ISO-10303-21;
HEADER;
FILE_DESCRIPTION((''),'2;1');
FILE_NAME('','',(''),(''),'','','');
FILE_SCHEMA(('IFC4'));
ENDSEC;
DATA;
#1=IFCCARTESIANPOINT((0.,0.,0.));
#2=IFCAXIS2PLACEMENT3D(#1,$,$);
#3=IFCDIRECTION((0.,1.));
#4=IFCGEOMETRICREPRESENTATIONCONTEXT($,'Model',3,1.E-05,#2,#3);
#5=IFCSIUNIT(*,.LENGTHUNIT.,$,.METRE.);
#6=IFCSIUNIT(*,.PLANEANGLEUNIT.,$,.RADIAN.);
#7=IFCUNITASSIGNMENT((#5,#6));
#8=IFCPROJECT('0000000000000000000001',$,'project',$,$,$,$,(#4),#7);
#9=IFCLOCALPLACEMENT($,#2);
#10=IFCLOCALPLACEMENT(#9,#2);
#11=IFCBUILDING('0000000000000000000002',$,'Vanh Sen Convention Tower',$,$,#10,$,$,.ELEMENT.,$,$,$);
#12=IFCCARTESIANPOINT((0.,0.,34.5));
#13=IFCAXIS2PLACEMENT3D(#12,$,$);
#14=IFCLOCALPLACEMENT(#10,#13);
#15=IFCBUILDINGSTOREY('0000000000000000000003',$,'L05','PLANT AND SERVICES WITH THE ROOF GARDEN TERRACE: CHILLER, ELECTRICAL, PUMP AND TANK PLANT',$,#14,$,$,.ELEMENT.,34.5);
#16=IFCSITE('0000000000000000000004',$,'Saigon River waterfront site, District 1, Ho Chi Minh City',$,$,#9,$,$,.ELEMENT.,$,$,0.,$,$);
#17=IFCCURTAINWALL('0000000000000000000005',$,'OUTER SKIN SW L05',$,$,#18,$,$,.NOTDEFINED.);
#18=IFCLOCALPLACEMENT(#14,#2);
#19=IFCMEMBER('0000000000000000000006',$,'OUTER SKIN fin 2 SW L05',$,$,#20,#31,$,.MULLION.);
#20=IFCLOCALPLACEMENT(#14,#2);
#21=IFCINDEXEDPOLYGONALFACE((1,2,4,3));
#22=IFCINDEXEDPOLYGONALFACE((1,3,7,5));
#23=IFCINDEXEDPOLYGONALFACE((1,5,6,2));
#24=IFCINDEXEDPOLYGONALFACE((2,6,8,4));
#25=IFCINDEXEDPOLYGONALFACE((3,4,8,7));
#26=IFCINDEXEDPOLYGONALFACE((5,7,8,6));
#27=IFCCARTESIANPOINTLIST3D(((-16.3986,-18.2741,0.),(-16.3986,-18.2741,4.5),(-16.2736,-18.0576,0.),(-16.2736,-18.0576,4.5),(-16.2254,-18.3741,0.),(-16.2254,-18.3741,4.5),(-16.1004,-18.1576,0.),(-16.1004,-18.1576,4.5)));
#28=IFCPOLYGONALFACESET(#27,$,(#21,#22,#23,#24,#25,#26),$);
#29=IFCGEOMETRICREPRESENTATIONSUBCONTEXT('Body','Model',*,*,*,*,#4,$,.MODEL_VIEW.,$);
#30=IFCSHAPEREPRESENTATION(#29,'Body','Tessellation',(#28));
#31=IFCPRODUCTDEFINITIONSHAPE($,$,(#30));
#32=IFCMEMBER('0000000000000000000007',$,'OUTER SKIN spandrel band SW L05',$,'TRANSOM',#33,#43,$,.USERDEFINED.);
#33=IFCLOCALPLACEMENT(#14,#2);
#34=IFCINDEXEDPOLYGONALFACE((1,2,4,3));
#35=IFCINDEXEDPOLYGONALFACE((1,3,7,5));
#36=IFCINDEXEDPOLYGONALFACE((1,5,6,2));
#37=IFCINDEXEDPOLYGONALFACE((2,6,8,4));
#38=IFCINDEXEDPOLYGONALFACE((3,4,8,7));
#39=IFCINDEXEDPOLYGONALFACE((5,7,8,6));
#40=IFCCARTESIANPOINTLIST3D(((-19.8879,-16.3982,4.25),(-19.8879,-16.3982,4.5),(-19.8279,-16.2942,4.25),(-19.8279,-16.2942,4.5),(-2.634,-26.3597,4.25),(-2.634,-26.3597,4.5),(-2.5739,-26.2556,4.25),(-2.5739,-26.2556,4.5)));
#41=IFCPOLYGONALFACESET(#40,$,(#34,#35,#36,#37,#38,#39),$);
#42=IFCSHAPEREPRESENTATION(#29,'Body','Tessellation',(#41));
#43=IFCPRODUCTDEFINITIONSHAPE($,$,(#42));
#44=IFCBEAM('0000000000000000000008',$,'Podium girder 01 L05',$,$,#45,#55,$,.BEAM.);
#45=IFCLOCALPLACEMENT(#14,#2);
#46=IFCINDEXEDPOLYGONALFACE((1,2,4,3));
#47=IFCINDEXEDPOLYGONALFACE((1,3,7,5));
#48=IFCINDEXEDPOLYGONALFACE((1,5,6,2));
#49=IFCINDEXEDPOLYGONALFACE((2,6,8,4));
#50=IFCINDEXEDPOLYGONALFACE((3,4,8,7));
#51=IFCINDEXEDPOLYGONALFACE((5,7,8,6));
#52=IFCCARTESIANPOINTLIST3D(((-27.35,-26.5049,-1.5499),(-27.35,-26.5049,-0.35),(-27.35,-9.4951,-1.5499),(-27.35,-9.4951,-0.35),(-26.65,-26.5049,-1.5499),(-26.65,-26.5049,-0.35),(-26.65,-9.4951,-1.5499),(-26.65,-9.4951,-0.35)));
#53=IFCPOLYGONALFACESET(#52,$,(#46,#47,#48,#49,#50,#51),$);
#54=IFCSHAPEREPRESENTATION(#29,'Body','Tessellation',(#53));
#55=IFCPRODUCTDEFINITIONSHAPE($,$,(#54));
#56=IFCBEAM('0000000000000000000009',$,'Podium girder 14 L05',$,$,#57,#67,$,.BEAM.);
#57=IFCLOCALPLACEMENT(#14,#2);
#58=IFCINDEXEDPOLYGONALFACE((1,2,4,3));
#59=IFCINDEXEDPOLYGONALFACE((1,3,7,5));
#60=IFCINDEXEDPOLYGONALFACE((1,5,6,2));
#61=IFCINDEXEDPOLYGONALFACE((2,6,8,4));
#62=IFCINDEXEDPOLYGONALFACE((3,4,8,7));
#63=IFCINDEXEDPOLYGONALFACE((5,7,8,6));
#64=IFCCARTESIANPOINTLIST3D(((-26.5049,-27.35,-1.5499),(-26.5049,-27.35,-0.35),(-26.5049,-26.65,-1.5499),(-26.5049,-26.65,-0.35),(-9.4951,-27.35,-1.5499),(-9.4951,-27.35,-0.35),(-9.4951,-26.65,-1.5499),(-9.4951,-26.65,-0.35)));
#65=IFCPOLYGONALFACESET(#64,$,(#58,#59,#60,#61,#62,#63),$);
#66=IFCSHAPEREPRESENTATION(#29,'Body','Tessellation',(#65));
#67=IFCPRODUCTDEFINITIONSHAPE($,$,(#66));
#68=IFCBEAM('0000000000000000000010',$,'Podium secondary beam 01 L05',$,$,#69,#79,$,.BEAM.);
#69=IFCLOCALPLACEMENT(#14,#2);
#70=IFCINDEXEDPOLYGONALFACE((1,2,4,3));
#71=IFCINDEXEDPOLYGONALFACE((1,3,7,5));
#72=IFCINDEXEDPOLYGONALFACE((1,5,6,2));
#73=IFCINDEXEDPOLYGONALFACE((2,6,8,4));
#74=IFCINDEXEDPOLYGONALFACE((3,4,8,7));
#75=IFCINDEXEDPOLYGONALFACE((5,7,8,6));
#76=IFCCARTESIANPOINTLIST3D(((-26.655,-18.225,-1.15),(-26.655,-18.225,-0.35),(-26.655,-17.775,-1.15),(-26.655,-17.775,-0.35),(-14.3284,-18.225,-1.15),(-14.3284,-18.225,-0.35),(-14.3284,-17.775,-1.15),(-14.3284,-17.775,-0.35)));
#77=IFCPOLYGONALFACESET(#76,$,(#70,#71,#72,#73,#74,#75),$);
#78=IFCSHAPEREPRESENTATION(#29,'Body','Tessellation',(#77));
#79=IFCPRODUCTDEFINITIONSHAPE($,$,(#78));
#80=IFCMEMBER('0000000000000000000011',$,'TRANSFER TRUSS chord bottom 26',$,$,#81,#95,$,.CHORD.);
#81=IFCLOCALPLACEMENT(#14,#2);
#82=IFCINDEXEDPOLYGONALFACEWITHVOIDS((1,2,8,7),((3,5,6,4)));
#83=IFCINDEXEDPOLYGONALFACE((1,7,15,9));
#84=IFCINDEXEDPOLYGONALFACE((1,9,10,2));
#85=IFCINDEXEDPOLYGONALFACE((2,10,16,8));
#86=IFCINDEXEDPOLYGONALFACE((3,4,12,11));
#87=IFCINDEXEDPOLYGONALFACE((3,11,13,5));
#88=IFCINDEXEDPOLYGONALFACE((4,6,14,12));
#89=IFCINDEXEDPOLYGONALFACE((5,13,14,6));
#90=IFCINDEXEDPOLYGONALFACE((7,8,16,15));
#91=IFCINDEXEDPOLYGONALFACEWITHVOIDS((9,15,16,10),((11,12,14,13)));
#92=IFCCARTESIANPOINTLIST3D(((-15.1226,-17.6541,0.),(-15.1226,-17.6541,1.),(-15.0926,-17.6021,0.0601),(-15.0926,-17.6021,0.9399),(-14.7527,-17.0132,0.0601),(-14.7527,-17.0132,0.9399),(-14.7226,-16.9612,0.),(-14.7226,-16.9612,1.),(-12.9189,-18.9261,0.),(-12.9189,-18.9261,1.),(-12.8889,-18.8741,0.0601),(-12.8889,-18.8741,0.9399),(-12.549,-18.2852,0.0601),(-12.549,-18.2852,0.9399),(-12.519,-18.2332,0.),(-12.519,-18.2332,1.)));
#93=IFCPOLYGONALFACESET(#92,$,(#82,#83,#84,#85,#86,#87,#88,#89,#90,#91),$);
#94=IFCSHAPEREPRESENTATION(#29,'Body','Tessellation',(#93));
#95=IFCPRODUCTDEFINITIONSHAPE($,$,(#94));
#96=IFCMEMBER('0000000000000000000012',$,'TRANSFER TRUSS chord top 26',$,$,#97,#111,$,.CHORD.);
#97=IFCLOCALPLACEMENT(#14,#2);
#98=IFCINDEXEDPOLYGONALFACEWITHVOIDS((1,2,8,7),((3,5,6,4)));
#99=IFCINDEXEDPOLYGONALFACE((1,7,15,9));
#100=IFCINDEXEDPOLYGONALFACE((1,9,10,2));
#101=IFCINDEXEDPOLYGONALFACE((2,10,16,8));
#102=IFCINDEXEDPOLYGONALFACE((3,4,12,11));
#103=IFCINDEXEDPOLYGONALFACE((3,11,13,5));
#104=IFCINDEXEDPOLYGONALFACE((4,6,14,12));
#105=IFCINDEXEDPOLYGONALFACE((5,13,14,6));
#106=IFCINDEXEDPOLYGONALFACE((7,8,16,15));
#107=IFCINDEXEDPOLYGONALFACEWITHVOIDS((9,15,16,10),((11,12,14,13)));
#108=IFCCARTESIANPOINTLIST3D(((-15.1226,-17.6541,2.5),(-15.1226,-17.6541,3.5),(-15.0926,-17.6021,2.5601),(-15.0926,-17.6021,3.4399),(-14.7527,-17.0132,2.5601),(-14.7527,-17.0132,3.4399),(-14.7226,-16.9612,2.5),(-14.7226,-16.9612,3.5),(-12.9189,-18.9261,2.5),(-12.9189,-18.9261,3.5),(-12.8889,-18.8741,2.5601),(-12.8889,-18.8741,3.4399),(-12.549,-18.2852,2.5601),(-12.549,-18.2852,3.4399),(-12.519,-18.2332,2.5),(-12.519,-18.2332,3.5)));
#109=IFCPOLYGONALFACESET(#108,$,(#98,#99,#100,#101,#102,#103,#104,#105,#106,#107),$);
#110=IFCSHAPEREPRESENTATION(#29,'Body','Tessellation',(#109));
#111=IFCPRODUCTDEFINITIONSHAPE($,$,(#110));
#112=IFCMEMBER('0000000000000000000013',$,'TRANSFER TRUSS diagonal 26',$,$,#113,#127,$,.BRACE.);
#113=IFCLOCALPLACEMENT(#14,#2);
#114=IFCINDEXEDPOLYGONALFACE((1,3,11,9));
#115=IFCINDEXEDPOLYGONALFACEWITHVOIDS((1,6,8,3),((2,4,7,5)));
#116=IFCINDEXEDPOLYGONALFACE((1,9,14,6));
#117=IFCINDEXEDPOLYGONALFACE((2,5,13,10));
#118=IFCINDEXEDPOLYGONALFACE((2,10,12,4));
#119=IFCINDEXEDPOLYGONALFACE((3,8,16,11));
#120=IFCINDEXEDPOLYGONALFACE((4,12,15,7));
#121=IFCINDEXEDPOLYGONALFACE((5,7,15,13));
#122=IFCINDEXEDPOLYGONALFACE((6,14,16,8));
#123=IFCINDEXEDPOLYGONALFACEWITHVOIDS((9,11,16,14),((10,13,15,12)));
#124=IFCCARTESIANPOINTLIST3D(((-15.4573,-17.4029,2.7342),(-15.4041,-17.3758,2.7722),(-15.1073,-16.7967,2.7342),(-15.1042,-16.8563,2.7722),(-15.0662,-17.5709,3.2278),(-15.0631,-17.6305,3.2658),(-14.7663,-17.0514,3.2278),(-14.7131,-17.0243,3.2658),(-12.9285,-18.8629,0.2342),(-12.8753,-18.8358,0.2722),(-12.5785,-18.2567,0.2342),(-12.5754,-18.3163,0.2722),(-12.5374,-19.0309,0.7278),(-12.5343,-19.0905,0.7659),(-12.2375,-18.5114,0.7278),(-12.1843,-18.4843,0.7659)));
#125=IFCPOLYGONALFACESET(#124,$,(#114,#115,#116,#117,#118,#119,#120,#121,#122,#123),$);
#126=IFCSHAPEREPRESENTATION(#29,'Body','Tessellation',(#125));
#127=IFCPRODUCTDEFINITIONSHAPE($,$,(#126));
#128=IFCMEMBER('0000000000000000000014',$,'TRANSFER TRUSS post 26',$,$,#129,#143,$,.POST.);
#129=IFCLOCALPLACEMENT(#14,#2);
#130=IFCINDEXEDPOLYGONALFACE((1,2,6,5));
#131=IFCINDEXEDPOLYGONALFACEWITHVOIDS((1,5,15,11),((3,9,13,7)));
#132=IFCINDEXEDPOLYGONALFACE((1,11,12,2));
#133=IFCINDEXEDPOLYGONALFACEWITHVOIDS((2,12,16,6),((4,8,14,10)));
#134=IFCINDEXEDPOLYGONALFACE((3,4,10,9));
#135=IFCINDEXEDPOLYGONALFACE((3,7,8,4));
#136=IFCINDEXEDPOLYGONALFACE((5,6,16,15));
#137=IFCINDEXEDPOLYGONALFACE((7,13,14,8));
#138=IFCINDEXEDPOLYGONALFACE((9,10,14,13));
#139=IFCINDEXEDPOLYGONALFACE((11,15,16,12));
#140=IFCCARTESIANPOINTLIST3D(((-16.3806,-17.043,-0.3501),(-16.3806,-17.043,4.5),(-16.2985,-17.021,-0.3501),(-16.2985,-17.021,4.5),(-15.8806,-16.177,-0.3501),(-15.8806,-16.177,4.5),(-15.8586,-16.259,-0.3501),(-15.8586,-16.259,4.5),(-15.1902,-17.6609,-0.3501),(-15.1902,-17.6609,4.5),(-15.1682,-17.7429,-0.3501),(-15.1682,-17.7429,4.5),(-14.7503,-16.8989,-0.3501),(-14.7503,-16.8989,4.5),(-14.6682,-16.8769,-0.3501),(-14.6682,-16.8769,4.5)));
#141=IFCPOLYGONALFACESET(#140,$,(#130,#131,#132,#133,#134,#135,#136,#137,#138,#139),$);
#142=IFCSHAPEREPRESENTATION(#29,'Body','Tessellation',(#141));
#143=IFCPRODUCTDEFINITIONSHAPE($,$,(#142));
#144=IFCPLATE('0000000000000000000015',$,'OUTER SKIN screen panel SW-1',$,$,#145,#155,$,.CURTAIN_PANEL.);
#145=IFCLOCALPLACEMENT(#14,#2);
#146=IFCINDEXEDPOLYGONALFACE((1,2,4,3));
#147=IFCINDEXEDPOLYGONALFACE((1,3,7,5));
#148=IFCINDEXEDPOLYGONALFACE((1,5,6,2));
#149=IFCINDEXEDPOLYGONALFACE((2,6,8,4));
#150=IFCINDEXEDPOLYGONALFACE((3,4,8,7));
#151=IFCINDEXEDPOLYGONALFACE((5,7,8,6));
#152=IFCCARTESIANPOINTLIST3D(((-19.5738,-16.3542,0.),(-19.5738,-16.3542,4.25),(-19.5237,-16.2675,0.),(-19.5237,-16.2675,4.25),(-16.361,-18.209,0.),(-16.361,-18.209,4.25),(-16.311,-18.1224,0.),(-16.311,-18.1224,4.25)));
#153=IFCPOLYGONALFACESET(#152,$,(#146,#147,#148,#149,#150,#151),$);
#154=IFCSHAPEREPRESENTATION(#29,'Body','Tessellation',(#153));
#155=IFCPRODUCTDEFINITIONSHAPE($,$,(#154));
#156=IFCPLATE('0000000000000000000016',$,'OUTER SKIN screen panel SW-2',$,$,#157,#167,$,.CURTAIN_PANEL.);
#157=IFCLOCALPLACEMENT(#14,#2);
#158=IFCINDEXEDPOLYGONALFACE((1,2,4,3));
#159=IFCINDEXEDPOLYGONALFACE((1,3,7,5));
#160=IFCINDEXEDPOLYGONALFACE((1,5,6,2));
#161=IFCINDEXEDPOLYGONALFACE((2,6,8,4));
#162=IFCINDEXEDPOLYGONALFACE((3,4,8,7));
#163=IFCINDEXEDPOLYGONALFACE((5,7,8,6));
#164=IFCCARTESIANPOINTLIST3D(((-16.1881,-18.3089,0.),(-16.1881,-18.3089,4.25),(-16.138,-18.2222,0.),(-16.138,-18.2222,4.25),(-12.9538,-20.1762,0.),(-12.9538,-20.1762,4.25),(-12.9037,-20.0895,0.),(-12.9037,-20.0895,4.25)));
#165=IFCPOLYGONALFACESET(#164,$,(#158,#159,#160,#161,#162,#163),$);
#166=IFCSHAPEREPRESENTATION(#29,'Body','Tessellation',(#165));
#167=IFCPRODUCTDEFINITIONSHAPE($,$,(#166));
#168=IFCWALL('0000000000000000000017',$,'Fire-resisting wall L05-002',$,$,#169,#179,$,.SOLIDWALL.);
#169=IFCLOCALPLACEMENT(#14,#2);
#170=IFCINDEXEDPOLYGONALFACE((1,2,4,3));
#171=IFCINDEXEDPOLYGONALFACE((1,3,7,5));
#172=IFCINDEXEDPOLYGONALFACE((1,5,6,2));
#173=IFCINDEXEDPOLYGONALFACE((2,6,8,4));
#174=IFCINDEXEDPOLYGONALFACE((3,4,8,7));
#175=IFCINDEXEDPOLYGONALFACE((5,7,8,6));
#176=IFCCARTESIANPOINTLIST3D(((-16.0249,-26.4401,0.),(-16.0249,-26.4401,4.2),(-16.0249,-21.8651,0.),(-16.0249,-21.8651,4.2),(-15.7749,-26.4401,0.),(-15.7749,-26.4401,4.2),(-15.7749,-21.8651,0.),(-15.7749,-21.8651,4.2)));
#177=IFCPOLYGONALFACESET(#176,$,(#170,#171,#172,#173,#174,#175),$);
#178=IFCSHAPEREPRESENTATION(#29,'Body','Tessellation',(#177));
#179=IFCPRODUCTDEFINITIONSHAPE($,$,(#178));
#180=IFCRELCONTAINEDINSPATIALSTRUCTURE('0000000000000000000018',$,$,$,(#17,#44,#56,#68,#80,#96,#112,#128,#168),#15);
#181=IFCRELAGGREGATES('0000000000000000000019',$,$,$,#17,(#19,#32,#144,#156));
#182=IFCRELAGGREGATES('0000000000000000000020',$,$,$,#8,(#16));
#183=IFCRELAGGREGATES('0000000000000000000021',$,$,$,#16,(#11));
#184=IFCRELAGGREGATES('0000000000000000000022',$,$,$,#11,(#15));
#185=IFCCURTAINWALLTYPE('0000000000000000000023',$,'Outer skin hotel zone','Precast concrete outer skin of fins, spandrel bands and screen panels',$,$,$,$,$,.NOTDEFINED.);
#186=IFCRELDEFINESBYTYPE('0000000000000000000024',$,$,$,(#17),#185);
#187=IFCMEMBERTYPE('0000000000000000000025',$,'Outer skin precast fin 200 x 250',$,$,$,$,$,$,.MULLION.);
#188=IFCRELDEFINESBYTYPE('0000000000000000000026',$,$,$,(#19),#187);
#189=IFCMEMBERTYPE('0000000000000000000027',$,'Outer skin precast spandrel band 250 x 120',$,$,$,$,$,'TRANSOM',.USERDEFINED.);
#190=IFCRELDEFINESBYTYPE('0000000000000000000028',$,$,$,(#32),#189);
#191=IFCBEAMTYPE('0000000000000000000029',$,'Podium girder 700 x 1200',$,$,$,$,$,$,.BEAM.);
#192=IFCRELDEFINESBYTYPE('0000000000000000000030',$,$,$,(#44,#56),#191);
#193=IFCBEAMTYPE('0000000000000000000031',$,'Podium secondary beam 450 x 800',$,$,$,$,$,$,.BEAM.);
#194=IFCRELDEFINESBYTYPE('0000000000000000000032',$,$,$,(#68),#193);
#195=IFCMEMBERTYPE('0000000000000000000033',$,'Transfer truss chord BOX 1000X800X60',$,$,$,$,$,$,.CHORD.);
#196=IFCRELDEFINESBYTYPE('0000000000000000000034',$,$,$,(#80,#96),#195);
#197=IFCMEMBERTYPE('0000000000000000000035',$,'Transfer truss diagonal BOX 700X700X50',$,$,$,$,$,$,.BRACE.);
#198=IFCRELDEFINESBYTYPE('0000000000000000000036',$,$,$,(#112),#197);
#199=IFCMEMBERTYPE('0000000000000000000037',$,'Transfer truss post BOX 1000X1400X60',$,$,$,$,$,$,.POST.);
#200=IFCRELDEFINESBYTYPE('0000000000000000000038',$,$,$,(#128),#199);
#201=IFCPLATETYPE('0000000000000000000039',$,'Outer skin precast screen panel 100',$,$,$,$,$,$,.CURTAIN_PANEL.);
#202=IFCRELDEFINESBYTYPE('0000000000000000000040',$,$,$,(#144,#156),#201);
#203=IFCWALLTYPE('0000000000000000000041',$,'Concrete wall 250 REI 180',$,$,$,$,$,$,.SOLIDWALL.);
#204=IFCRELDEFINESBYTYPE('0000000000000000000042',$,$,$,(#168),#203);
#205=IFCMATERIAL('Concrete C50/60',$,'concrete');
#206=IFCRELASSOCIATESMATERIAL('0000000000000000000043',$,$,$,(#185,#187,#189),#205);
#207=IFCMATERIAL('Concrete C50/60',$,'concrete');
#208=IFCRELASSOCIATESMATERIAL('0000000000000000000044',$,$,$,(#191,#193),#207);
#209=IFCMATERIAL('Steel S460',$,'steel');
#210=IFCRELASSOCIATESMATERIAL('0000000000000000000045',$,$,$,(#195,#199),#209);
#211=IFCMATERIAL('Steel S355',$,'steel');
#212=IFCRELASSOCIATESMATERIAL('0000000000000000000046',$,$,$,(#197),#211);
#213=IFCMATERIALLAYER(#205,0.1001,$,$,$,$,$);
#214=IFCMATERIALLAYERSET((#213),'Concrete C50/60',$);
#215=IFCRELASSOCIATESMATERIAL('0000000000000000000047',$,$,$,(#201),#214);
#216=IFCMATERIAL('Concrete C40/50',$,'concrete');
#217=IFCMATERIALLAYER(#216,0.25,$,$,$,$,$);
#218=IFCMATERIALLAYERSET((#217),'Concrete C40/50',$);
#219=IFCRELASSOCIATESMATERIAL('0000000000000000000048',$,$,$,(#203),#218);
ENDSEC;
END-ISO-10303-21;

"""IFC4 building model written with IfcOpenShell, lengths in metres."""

from ifc_helpers import new_model, si_unit, direction, frame, frame_2d, origin, origin_2d, place, context, subcontext, project, spatial, rectangle, hollow_rectangle, extrude, material, layer, layer_set, material_profile, profile_set, type_object, element, aggregate, save


model = new_model("IFC4")

# Units and contexts
model_context = context("Model", 3, precision=1e-05, world=origin(), true_north=direction((0.0, 1.0)))
body_context = subcontext(model_context, "Body", "Model", "MODEL_VIEW")
ifc_project = project(units=[si_unit("LENGTHUNIT", "METRE"), si_unit("PLANEANGLEUNIT", "RADIAN")], contexts=[model_context])

# Site, building, storey
site_placement = place(None, origin())
site = spatial("IfcSite", under=ifc_project, at=site_placement, Name="Saigon River waterfront site, District 1, Ho Chi Minh City", CompositionType="ELEMENT", RefElevation=0.0)
building_placement = place(site_placement, origin())
building = spatial("IfcBuilding", under=site, at=building_placement, Name="Vanh Sen Convention Tower", CompositionType="ELEMENT")
storey_placement = place(building_placement, frame((0.0, 0.0, 34.5)))
storey = spatial("IfcBuildingStorey", under=building, at=storey_placement, Name="L05", Description="PLANT AND SERVICES WITH THE ROOF GARDEN TERRACE: CHILLER, ELECTRICAL, PUMP AND TANK PLANT", CompositionType="ELEMENT", Elevation=34.5)

# Curtain wall, members
ifc_material_1 = material(Name="Concrete C50/60", Category="concrete")
curtain_wall_type = type_object("IfcCurtainWallType", Name="Outer skin hotel zone", Description="Precast concrete outer skin of fins, spandrel bands and screen panels", PredefinedType="NOTDEFINED", material=ifc_material_1)
curtain_wall_placement = place(storey_placement, origin())
curtain_wall = element("IfcCurtainWall", 1, at=curtain_wall_placement, inside=storey, type_object=curtain_wall_type, Name="OUTER SKIN SW L05", PredefinedType="NOTDEFINED")
ifc_material_profile_1 = material_profile(ifc_material_1, rectangle(XDim=0.2, YDim=0.25, at=origin_2d()), Name="Outer skin precast fin 200 x 250")
ifc_profile_set_1 = profile_set([ifc_material_profile_1], Name="Concrete C50/60")
member_type_1 = type_object("IfcMemberType", Name="Outer skin precast fin 200 x 250", PredefinedType="MULLION", material=ifc_profile_set_1)
member_1_placement = place(storey_placement, frame((-16.2495, -18.2158, 0.0), z_axis=(0.0, 0.0, 1.0), x_axis=(0.866025, -0.5, 0.0)))
member_1 = element("IfcMember", 2, at=member_1_placement, type_object=member_type_1, Name="OUTER SKIN fin 2 SW L05", PredefinedType="MULLION", context=body_context, shape_type="SweptSolid", body=[
    extrude(rectangle(XDim=0.2, YDim=0.25, at=origin_2d()), origin(), (0.0, 0.0, 1.0), 4.5),
])
ifc_material_profile_2 = material_profile(ifc_material_1, rectangle(XDim=0.1201, YDim=0.25, at=origin_2d()), Name="Outer skin precast spandrel band 250 x 120")
ifc_profile_set_2 = profile_set([ifc_material_profile_2], Name="Concrete C50/60")
member_type_2 = type_object("IfcMemberType", Name="Outer skin precast spandrel band 250 x 120", ElementType="TRANSOM", PredefinedType="USERDEFINED", material=ifc_profile_set_2)
member_2_placement = place(storey_placement, frame((-19.8579, -16.3462, 4.375), z_axis=(0.866028, -0.499995, 0.0), x_axis=(0.499995, 0.866028, 0.0)))
member_2 = element("IfcMember", 3, at=member_2_placement, type_object=member_type_2, Name="OUTER SKIN spandrel band SW L05", ObjectType="TRANSOM", PredefinedType="USERDEFINED", context=body_context, shape_type="SweptSolid", body=[
    extrude(rectangle(XDim=0.1201, YDim=0.25, at=origin_2d()), origin(), (0.0, 0.0, 1.0), 19.9231),
])

# Beams
ifc_material_2 = material(Name="Concrete C50/60", Category="concrete")
ifc_material_profile_3 = material_profile(ifc_material_2, rectangle(XDim=0.7, YDim=1.2, at=origin_2d()), Name="RC 700X1200")
ifc_profile_set_3 = profile_set([ifc_material_profile_3], Name="Concrete C50/60")
beam_type_1 = type_object("IfcBeamType", Name="Podium girder 700 x 1200", PredefinedType="BEAM", material=ifc_profile_set_3)
for number, where, z_axis, x_axis, name in (
    (4, (-27.0, -26.5049, -0.95), (0.0, 1.0, 0.0), (-1.0, 0.0, 0.0), "Podium girder 01 L05"),
    (5, (-26.5049, -27.0, -0.95), (1.0, 0.0, 0.0), (0.0, 1.0, 0.0), "Podium girder 14 L05"),
):
    element("IfcBeam", number, at=place(storey_placement, frame(where, z_axis=z_axis, x_axis=x_axis)), inside=storey, type_object=beam_type_1, Name=name, PredefinedType="BEAM", context=body_context, shape_type="SweptSolid", body=[
        extrude(rectangle(XDim=0.7, YDim=1.2, at=origin_2d()), origin(), (0.0, 0.0, 1.0), 17.0098),
    ])
ifc_material_profile_4 = material_profile(ifc_material_2, rectangle(XDim=0.45, YDim=0.8, at=origin_2d()), Name="RC 450X800")
ifc_profile_set_4 = profile_set([ifc_material_profile_4], Name="Concrete C50/60")
beam_type_2 = type_object("IfcBeamType", Name="Podium secondary beam 450 x 800", PredefinedType="BEAM", material=ifc_profile_set_4)
beam_placement = place(storey_placement, frame((-26.655, -18.0, -0.75), z_axis=(1.0, 0.0, 0.0), x_axis=(0.0, 1.0, 0.0)))
element("IfcBeam", 6, at=beam_placement, inside=storey, type_object=beam_type_2, Name="Podium secondary beam 01 L05", PredefinedType="BEAM", context=body_context, shape_type="SweptSolid", body=[
    extrude(rectangle(XDim=0.45, YDim=0.8, at=origin_2d()), origin(), (0.0, 0.0, 1.0), 12.3267),
])

# Members
ifc_material_3 = material(Name="Steel S460", Category="steel")
ifc_material_profile_5 = material_profile(ifc_material_3, hollow_rectangle(XDim=0.8, YDim=1.0, WallThickness=0.0601, at=origin_2d()), Name="BOX 1000X800X60")
ifc_profile_set_5 = profile_set([ifc_material_profile_5], Name="Steel S460")
member_type_3 = type_object("IfcMemberType", Name="Transfer truss chord BOX 1000X800X60", PredefinedType="CHORD", material=ifc_profile_set_5)
for number, where, z_axis, x_axis, name in (
    (7, (-14.9226, -17.3076, 0.5), (0.866074, -0.499916, 0.0), (0.499916, 0.866074, 0.0), "TRANSFER TRUSS chord bottom 26"),
    (8, (-14.9226, -17.3076, 3.0), (0.866074, -0.499916, 0.0), (0.499916, 0.866074, 0.0), "TRANSFER TRUSS chord top 26"),
):
    element("IfcMember", number, at=place(storey_placement, frame(where, z_axis=z_axis, x_axis=x_axis)), inside=storey, type_object=member_type_3, Name=name, PredefinedType="CHORD", context=body_context, shape_type="SweptSolid", body=[
        extrude(hollow_rectangle(XDim=0.8, YDim=1.0, WallThickness=0.0601, at=origin_2d()), origin(), (0.0, 0.0, 1.0), 2.5444),
    ])
ifc_material_4 = material(Name="Steel S355", Category="steel")
ifc_material_profile_6 = material_profile(ifc_material_4, hollow_rectangle(XDim=0.7, YDim=0.7, WallThickness=0.05, at=origin_2d()), Name="BOX 700X700X50")
ifc_profile_set_6 = profile_set([ifc_material_profile_6], Name="Steel S355")
member_type_4 = type_object("IfcMemberType", Name="Transfer truss diagonal BOX 700X700X50", PredefinedType="BRACE", material=ifc_profile_set_6)
member_3_placement = place(storey_placement, frame((-15.0852, -17.2136, 3.0), z_axis=(0.657858, -0.379802, -0.650364), x_axis=(0.499988, 0.866032, 0.0)))
element("IfcMember", 9, at=member_3_placement, inside=storey, type_object=member_type_4, Name="TRANSFER TRUSS diagonal 26", PredefinedType="BRACE", context=body_context, shape_type="SweptSolid", body=[
    extrude(hollow_rectangle(XDim=0.7, YDim=0.7, WallThickness=0.05, at=origin_2d()), origin(), (0.0, 0.0, 1.0), 3.844),
])
ifc_material_profile_7 = material_profile(ifc_material_3, hollow_rectangle(XDim=1.3999, YDim=1.0, WallThickness=0.0601, at=origin_2d()), Name="BOX 1000X1400X60")
ifc_profile_set_7 = profile_set([ifc_material_profile_7], Name="Steel S460")
member_type_5 = type_object("IfcMemberType", Name="Transfer truss post BOX 1000X1400X60", PredefinedType="POST", material=ifc_profile_set_7)
member_4_placement = place(storey_placement, frame((-15.5244, -16.96, -0.3501), z_axis=(0.0, 0.0, 1.0), x_axis=(0.866025, -0.5, 0.0)))
element("IfcMember", 10, at=member_4_placement, inside=storey, type_object=member_type_5, Name="TRANSFER TRUSS post 26", PredefinedType="POST", context=body_context, shape_type="SweptSolid", body=[
    extrude(hollow_rectangle(XDim=1.3999, YDim=1.0, WallThickness=0.0601, at=origin_2d()), origin(), (0.0, 0.0, 1.0), 4.8501),
])

# Plates
ifc_layer_1 = layer(ifc_material_1, 0.1001)
ifc_layer_set_1 = layer_set([ifc_layer_1], Name="Concrete C50/60")
plate_type = type_object("IfcPlateType", Name="Outer skin precast screen panel 100", PredefinedType="CURTAIN_PANEL", material=ifc_layer_set_1)
plate_1_placement = place(storey_placement, frame((-17.9424, -17.2383, 0.0), z_axis=(0.0, 0.0, 1.0), x_axis=(0.866028, -0.499995, 0.0)))
plate_1 = element("IfcPlate", 11, at=plate_1_placement, type_object=plate_type, Name="OUTER SKIN screen panel SW-1", PredefinedType="CURTAIN_PANEL", context=body_context, shape_type="SweptSolid", body=[
    extrude(rectangle(XDim=3.7097, YDim=0.1001, at=origin_2d()), origin(), (0.0, 0.0, 1.0), 4.25),
])
plate_2_placement = place(storey_placement, frame((-14.5459, -19.1992, 0.0), z_axis=(0.0, 0.0, 1.0), x_axis=(0.866032, -0.499988, 0.0)))
plate_2 = element("IfcPlate", 12, at=plate_2_placement, type_object=plate_type, Name="OUTER SKIN screen panel SW-2", PredefinedType="CURTAIN_PANEL", context=body_context, shape_type="SweptSolid", body=[
    extrude(rectangle(XDim=3.7346, YDim=0.1001, at=origin_2d()), origin(), (0.0, 0.0, 1.0), 4.25),
])
aggregate(curtain_wall, [member_1, member_2, plate_1, plate_2])

# Wall
ifc_material_5 = material(Name="Concrete C40/50", Category="concrete")
ifc_layer_2 = layer(ifc_material_5, 0.25)
ifc_layer_set_2 = layer_set([ifc_layer_2], Name="Concrete C40/50")
wall_type = type_object("IfcWallType", Name="Concrete wall 250 REI 180", PredefinedType="SOLIDWALL", material=ifc_layer_set_2)
wall_1_placement = place(storey_placement, frame((-15.8999, -21.865, 0.0), z_axis=(0.0, 0.0, 1.0), x_axis=(0.0, -1.0, 0.0)))
element("IfcWall", 13, at=wall_1_placement, inside=storey, type_object=wall_type, Name="Fire-resisting wall L05-002", PredefinedType="SOLIDWALL", context=body_context, shape_type="SweptSolid", body=[
    extrude(rectangle(XDim=4.575, YDim=0.25, at=frame_2d((2.2876, 0.0))), origin(), (0.0, 0.0, 1.0), 4.2),
])

save(model, "model.ifc")
